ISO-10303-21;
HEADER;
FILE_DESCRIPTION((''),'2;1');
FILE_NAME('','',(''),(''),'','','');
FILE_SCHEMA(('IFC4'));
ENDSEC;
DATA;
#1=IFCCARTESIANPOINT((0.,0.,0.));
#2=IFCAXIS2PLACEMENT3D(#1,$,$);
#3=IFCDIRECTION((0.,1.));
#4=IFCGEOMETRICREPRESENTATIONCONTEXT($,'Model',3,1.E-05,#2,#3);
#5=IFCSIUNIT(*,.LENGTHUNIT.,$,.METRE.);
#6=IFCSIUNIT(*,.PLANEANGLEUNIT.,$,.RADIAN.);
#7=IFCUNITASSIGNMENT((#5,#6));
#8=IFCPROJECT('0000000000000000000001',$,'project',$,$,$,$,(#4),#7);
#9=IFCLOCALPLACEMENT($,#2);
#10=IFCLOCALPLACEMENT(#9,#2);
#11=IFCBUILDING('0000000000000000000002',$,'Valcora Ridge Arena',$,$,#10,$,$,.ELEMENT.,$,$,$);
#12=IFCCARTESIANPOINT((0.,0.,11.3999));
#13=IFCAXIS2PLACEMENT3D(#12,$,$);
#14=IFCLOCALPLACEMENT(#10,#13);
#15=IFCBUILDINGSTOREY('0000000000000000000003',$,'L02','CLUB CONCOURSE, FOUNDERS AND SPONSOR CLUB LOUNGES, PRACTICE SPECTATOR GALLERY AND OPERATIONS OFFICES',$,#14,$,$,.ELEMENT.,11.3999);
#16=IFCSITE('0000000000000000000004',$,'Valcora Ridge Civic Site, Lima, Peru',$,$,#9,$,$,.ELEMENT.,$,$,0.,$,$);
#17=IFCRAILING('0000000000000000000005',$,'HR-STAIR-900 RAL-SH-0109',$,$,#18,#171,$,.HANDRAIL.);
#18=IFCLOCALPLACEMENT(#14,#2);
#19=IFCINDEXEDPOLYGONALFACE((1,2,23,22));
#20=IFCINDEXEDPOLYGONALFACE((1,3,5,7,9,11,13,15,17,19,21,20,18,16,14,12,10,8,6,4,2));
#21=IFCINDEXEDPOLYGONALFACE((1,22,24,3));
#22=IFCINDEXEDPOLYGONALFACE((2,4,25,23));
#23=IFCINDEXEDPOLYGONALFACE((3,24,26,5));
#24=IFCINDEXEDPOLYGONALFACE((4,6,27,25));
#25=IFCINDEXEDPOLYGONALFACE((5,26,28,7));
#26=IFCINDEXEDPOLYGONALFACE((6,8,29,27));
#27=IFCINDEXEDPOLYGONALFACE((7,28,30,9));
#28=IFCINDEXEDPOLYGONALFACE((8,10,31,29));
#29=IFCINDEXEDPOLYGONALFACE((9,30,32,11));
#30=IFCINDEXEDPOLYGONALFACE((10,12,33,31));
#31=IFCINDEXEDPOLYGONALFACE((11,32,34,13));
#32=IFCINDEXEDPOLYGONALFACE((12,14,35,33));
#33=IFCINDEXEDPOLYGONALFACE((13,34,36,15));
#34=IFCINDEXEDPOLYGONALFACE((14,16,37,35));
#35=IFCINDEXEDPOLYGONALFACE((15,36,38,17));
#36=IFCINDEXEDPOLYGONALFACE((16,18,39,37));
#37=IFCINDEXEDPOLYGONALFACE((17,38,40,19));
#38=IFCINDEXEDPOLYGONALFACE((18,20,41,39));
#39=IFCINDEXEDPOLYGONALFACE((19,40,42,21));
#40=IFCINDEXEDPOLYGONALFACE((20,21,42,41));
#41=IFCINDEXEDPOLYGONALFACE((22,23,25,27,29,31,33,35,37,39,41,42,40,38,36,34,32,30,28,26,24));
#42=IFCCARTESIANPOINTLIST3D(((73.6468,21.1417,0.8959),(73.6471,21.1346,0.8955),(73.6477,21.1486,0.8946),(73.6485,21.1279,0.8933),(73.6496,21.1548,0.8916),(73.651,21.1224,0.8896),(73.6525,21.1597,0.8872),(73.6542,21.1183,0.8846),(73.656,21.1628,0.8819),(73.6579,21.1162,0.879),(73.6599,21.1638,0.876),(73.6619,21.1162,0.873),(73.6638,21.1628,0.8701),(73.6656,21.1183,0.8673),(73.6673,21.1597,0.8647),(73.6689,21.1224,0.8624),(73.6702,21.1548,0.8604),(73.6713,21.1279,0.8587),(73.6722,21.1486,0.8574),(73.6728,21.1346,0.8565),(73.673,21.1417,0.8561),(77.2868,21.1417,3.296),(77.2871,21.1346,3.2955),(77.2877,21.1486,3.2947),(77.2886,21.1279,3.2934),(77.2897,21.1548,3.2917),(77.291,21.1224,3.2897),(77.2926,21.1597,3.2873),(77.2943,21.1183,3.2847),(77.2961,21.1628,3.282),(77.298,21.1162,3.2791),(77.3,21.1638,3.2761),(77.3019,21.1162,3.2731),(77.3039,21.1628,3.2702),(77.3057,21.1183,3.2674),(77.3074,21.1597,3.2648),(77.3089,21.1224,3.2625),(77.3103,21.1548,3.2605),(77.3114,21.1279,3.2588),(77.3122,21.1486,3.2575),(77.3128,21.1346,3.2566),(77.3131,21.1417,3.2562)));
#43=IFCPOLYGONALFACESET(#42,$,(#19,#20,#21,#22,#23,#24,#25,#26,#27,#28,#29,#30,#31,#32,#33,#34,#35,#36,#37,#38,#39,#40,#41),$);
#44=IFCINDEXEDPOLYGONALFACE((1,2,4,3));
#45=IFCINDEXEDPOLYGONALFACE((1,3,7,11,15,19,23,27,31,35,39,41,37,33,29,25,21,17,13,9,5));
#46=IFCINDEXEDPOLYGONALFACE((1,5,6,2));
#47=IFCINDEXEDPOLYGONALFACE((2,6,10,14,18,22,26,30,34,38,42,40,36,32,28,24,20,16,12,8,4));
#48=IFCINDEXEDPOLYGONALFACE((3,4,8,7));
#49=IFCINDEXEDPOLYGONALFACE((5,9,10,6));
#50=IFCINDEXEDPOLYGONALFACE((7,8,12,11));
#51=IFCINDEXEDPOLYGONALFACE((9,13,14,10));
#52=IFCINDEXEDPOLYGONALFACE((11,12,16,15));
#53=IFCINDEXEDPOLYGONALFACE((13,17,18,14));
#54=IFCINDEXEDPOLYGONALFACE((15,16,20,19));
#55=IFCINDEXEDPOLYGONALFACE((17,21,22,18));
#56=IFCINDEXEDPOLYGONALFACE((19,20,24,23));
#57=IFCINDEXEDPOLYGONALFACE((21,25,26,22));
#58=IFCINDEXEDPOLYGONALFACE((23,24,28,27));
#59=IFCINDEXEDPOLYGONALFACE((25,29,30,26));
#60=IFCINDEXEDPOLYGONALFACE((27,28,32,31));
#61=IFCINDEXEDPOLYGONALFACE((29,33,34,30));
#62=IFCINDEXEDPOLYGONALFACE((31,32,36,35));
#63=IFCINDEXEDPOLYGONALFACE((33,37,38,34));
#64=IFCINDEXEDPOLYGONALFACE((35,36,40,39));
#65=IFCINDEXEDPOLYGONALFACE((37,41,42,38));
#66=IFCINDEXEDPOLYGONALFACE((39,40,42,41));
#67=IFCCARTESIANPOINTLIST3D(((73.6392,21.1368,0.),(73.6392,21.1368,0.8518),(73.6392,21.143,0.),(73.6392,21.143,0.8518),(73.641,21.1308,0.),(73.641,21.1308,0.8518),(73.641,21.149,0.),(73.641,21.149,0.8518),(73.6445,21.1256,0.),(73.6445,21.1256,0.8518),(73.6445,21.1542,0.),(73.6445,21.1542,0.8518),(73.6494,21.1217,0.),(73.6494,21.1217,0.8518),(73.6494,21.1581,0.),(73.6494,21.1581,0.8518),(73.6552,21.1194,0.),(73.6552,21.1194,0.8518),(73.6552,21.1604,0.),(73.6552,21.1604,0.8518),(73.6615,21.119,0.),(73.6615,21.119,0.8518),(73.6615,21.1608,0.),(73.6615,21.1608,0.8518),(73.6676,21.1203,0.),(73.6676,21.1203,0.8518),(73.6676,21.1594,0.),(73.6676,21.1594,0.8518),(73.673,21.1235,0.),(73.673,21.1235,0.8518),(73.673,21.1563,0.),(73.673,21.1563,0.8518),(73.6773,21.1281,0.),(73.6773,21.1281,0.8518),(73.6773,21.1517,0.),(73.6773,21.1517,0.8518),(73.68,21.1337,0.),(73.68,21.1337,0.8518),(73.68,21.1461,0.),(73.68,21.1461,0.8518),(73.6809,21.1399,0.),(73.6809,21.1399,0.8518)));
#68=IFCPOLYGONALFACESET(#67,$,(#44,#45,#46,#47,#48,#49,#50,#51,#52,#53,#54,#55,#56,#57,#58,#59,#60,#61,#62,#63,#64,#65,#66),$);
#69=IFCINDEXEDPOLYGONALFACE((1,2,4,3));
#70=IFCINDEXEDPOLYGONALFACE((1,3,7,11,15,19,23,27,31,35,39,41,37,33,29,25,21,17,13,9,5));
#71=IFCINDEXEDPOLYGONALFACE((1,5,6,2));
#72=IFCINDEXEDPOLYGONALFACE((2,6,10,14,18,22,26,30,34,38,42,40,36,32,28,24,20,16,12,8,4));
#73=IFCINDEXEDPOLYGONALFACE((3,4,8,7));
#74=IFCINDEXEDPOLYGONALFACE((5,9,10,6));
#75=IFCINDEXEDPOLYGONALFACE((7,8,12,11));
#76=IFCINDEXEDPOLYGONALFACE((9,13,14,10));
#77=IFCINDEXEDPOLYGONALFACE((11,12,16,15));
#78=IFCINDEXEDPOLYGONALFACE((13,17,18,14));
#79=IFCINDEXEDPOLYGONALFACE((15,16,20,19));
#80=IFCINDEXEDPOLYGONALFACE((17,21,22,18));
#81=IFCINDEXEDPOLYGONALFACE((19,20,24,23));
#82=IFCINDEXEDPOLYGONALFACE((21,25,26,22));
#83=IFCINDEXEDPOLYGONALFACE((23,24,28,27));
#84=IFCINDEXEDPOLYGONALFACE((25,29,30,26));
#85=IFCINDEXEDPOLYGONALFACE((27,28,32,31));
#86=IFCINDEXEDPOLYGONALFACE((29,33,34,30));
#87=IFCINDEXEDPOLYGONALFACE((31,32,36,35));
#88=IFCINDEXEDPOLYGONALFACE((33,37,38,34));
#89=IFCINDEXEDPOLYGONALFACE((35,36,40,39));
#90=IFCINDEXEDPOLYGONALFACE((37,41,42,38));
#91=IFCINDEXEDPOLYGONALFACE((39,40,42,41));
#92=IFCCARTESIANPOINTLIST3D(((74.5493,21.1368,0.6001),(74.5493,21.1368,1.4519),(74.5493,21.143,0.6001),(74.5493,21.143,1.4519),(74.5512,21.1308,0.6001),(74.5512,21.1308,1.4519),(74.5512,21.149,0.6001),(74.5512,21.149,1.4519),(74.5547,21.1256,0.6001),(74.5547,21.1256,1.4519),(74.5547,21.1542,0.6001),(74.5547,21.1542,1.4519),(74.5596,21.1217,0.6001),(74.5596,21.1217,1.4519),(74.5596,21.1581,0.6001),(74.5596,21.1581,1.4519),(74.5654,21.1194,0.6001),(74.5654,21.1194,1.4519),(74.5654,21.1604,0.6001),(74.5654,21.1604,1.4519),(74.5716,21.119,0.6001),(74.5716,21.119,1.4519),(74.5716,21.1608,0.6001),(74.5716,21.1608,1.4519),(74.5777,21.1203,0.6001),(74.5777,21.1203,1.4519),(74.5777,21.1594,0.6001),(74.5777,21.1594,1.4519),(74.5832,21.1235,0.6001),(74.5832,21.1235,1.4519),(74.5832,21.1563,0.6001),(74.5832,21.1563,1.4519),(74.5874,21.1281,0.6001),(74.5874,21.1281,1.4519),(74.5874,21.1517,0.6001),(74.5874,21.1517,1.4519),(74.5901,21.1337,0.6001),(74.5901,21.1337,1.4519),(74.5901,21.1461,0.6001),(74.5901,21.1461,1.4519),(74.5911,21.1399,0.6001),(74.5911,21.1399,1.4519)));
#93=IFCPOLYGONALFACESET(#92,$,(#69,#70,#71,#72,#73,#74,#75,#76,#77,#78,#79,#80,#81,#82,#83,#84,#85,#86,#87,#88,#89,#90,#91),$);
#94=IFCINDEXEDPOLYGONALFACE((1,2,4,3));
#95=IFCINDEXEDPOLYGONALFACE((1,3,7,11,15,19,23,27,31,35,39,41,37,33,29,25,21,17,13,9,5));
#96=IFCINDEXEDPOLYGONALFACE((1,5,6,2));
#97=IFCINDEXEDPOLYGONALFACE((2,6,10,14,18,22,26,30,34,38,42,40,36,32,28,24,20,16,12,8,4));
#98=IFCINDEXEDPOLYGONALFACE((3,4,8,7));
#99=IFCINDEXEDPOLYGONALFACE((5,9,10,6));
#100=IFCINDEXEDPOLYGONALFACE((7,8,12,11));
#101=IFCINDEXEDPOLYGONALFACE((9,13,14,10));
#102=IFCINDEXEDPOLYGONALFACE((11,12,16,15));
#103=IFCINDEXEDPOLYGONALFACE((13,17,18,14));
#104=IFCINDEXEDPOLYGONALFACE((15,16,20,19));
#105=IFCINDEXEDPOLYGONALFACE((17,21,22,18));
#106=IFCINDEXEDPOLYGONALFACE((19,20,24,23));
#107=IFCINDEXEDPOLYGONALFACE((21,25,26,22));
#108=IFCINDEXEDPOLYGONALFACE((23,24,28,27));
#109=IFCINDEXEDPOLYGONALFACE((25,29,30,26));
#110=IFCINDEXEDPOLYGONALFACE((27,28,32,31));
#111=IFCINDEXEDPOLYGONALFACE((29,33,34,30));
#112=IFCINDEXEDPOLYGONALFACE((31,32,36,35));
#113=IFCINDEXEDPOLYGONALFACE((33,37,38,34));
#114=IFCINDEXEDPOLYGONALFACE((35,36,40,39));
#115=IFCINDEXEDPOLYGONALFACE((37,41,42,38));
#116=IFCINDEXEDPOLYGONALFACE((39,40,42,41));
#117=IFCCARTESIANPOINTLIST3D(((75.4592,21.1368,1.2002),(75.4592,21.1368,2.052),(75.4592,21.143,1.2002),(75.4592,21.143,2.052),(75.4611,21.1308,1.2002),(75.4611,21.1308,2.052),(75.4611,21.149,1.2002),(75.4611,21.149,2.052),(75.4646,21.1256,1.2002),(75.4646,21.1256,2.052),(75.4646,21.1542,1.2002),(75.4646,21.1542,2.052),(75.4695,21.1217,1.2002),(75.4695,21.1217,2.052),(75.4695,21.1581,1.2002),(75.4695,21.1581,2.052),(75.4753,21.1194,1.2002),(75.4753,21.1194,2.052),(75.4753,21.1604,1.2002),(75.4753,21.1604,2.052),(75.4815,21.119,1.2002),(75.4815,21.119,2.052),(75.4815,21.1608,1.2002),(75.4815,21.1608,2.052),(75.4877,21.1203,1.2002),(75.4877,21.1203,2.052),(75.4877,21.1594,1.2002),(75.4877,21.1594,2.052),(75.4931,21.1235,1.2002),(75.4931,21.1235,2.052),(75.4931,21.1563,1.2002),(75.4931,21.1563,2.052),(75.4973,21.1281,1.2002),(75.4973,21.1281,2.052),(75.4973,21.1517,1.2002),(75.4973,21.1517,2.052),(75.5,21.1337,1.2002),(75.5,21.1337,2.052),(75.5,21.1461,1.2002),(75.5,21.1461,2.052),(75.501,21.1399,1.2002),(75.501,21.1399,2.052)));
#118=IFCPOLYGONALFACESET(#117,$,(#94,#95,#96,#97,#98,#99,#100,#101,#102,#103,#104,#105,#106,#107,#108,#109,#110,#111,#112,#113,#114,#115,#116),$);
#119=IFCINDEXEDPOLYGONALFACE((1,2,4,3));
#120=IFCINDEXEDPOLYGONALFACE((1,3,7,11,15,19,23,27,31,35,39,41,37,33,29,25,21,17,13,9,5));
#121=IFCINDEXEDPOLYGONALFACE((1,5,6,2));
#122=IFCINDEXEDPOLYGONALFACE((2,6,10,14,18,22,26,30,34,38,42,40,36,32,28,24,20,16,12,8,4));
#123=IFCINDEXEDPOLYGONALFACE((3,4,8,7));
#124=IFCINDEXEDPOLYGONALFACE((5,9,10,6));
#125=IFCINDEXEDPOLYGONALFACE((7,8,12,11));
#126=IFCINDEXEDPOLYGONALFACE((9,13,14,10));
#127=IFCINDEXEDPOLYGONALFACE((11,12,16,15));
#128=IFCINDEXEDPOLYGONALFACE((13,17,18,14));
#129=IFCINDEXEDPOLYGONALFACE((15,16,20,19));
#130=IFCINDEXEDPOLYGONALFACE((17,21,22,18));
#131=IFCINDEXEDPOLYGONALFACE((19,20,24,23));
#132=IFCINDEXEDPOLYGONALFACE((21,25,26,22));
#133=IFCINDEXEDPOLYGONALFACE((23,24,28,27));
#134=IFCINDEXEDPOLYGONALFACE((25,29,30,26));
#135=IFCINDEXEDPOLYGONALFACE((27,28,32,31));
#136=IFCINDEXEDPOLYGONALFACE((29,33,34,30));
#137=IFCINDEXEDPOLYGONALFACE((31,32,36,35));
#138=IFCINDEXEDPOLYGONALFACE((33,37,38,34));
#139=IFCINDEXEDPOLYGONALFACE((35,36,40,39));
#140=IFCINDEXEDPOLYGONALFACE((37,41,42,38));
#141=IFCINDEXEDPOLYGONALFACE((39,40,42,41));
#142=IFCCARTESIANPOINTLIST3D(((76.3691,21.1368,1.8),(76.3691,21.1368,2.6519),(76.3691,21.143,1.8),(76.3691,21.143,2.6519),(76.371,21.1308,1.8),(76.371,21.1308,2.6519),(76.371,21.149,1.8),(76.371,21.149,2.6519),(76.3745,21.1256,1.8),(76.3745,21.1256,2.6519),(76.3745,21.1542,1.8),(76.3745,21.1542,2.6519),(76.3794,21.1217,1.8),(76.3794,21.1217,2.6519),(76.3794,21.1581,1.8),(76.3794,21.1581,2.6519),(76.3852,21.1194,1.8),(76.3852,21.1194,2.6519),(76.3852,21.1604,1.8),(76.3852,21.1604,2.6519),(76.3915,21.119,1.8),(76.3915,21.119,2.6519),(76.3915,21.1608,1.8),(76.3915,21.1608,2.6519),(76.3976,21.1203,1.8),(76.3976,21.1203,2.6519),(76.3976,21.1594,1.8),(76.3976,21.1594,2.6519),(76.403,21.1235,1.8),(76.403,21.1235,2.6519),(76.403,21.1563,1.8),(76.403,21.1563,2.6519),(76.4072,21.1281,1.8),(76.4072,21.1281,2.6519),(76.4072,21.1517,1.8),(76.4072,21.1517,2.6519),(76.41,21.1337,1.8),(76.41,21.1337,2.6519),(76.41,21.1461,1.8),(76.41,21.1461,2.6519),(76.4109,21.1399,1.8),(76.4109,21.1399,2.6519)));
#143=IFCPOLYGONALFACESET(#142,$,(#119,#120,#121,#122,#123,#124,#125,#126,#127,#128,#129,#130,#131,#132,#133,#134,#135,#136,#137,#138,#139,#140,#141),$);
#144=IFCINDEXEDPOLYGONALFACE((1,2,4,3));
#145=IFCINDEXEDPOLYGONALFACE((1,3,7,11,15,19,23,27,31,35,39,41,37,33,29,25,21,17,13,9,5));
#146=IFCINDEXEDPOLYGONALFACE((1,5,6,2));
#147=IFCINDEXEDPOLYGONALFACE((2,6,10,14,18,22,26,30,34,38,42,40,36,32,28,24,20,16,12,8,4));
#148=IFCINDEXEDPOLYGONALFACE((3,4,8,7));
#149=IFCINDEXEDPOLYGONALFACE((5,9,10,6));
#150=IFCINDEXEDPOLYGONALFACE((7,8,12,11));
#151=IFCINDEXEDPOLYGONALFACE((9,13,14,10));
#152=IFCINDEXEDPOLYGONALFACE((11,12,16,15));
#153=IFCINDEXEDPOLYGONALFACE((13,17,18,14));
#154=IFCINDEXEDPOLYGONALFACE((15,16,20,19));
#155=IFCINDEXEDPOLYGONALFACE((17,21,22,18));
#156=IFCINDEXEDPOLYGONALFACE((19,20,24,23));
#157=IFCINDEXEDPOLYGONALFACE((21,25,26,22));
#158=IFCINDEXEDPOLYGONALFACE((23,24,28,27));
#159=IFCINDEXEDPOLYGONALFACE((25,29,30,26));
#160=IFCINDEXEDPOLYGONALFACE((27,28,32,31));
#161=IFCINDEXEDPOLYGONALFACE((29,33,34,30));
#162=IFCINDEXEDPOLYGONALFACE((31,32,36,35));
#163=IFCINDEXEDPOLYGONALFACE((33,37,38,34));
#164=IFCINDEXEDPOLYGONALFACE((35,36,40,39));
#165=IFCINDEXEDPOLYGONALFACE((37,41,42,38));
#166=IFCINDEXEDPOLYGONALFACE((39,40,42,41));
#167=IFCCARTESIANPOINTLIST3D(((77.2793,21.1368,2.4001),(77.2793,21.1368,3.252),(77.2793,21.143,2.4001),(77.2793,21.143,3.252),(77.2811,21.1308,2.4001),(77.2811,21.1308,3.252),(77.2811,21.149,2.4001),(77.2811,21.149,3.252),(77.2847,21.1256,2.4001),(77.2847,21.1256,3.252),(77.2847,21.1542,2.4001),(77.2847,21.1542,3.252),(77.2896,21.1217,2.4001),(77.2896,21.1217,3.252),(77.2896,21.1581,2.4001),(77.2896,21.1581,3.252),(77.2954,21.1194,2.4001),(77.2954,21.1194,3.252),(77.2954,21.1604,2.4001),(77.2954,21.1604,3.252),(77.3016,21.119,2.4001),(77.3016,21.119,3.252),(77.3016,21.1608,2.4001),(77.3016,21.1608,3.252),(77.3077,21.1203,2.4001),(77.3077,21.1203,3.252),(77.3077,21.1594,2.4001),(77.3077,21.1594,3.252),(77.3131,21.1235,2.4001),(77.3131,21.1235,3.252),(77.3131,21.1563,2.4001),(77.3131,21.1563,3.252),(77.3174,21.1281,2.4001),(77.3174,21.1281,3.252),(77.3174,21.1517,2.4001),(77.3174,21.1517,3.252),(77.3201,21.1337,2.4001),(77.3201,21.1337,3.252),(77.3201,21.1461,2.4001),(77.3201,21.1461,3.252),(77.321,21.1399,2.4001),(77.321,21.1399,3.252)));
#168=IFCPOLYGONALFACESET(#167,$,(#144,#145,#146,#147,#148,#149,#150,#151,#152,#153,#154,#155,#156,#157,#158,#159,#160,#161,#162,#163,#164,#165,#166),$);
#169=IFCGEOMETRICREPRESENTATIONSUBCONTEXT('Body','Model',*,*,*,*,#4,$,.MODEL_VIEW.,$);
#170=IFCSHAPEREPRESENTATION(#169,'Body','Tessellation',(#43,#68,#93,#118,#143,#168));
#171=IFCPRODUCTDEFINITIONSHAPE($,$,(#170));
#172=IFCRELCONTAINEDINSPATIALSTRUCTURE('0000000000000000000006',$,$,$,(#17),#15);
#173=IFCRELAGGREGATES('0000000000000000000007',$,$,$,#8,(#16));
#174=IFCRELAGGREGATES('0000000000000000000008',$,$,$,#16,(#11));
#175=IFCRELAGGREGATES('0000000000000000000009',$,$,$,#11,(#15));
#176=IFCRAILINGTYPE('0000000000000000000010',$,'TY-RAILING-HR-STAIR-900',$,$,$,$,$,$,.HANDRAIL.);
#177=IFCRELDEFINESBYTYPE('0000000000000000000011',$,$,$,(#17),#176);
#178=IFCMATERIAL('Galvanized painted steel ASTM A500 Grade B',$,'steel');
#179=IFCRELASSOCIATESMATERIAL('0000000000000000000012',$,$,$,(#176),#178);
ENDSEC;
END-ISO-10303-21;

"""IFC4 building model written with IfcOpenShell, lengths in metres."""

from ifc_helpers import new_model, si_unit, direction, frame, origin, origin_2d, place, context, subcontext, project, spatial, circle, extrude, material, type_object, element, save


model = new_model("IFC4")

# Units and contexts
model_context = context("Model", 3, precision=1e-05, world=origin(), true_north=direction((0.0, 1.0)))
body_context = subcontext(model_context, "Body", "Model", "MODEL_VIEW")
ifc_project = project(units=[si_unit("LENGTHUNIT", "METRE"), si_unit("PLANEANGLEUNIT", "RADIAN")], contexts=[model_context])

# Site, building, storey
site_placement = place(None, origin())
site = spatial("IfcSite", under=ifc_project, at=site_placement, Name="Valcora Ridge Civic Site, Lima, Peru", CompositionType="ELEMENT", RefElevation=0.0)
building_placement = place(site_placement, origin())
building = spatial("IfcBuilding", under=site, at=building_placement, Name="Valcora Ridge Arena", CompositionType="ELEMENT")
storey_placement = place(building_placement, frame((0.0, 0.0, 11.3999)))
storey = spatial("IfcBuildingStorey", under=building, at=storey_placement, Name="L02", Description="CLUB CONCOURSE, FOUNDERS AND SPONSOR CLUB LOUNGES, PRACTICE SPECTATOR GALLERY AND OPERATIONS OFFICES", CompositionType="ELEMENT", Elevation=11.3999)

# Railing
ifc_material_1 = material(Name="Galvanized painted steel ASTM A500 Grade B", Category="steel")
railing_type = type_object("IfcRailingType", Name="TY-RAILING-HR-STAIR-900", PredefinedType="HANDRAIL", material=ifc_material_1)
railing_placement = place(storey_placement, frame((73.6599, 21.1399, 0.0)))
element("IfcRailing", 1, at=railing_placement, inside=storey, type_object=railing_type, Name="HR-STAIR-900 RAL-SH-0109", PredefinedType="HANDRAIL", context=body_context, shape_type="SweptSolid", body=[
    extrude(circle(Radius=0.0239, at=origin_2d()), frame((0.0, 0.0, 0.876), z_axis=(0.834856, 0.0, 0.550468), x_axis=(0.0, 1.0, 0.0)), (0.0, 0.0, 1.0), 4.3601),
    extrude(circle(Radius=0.021, at=origin_2d()), origin(), (0.0, 0.0, 1.0), 0.8518),
    extrude(circle(Radius=0.021, at=origin_2d()), frame((0.9102, 0.0, 0.6001)), (0.0, 0.0, 1.0), 0.8518),
    extrude(circle(Radius=0.021, at=origin_2d()), frame((1.8201, 0.0, 1.2002)), (0.0, 0.0, 1.0), 0.8518),
    extrude(circle(Radius=0.021, at=origin_2d()), frame((2.73, 0.0, 1.8)), (0.0, 0.0, 1.0), 0.8518),
    extrude(circle(Radius=0.021, at=origin_2d()), frame((3.6401, 0.0, 2.4001)), (0.0, 0.0, 1.0), 0.8518),
])

save(model, "model.ifc")
